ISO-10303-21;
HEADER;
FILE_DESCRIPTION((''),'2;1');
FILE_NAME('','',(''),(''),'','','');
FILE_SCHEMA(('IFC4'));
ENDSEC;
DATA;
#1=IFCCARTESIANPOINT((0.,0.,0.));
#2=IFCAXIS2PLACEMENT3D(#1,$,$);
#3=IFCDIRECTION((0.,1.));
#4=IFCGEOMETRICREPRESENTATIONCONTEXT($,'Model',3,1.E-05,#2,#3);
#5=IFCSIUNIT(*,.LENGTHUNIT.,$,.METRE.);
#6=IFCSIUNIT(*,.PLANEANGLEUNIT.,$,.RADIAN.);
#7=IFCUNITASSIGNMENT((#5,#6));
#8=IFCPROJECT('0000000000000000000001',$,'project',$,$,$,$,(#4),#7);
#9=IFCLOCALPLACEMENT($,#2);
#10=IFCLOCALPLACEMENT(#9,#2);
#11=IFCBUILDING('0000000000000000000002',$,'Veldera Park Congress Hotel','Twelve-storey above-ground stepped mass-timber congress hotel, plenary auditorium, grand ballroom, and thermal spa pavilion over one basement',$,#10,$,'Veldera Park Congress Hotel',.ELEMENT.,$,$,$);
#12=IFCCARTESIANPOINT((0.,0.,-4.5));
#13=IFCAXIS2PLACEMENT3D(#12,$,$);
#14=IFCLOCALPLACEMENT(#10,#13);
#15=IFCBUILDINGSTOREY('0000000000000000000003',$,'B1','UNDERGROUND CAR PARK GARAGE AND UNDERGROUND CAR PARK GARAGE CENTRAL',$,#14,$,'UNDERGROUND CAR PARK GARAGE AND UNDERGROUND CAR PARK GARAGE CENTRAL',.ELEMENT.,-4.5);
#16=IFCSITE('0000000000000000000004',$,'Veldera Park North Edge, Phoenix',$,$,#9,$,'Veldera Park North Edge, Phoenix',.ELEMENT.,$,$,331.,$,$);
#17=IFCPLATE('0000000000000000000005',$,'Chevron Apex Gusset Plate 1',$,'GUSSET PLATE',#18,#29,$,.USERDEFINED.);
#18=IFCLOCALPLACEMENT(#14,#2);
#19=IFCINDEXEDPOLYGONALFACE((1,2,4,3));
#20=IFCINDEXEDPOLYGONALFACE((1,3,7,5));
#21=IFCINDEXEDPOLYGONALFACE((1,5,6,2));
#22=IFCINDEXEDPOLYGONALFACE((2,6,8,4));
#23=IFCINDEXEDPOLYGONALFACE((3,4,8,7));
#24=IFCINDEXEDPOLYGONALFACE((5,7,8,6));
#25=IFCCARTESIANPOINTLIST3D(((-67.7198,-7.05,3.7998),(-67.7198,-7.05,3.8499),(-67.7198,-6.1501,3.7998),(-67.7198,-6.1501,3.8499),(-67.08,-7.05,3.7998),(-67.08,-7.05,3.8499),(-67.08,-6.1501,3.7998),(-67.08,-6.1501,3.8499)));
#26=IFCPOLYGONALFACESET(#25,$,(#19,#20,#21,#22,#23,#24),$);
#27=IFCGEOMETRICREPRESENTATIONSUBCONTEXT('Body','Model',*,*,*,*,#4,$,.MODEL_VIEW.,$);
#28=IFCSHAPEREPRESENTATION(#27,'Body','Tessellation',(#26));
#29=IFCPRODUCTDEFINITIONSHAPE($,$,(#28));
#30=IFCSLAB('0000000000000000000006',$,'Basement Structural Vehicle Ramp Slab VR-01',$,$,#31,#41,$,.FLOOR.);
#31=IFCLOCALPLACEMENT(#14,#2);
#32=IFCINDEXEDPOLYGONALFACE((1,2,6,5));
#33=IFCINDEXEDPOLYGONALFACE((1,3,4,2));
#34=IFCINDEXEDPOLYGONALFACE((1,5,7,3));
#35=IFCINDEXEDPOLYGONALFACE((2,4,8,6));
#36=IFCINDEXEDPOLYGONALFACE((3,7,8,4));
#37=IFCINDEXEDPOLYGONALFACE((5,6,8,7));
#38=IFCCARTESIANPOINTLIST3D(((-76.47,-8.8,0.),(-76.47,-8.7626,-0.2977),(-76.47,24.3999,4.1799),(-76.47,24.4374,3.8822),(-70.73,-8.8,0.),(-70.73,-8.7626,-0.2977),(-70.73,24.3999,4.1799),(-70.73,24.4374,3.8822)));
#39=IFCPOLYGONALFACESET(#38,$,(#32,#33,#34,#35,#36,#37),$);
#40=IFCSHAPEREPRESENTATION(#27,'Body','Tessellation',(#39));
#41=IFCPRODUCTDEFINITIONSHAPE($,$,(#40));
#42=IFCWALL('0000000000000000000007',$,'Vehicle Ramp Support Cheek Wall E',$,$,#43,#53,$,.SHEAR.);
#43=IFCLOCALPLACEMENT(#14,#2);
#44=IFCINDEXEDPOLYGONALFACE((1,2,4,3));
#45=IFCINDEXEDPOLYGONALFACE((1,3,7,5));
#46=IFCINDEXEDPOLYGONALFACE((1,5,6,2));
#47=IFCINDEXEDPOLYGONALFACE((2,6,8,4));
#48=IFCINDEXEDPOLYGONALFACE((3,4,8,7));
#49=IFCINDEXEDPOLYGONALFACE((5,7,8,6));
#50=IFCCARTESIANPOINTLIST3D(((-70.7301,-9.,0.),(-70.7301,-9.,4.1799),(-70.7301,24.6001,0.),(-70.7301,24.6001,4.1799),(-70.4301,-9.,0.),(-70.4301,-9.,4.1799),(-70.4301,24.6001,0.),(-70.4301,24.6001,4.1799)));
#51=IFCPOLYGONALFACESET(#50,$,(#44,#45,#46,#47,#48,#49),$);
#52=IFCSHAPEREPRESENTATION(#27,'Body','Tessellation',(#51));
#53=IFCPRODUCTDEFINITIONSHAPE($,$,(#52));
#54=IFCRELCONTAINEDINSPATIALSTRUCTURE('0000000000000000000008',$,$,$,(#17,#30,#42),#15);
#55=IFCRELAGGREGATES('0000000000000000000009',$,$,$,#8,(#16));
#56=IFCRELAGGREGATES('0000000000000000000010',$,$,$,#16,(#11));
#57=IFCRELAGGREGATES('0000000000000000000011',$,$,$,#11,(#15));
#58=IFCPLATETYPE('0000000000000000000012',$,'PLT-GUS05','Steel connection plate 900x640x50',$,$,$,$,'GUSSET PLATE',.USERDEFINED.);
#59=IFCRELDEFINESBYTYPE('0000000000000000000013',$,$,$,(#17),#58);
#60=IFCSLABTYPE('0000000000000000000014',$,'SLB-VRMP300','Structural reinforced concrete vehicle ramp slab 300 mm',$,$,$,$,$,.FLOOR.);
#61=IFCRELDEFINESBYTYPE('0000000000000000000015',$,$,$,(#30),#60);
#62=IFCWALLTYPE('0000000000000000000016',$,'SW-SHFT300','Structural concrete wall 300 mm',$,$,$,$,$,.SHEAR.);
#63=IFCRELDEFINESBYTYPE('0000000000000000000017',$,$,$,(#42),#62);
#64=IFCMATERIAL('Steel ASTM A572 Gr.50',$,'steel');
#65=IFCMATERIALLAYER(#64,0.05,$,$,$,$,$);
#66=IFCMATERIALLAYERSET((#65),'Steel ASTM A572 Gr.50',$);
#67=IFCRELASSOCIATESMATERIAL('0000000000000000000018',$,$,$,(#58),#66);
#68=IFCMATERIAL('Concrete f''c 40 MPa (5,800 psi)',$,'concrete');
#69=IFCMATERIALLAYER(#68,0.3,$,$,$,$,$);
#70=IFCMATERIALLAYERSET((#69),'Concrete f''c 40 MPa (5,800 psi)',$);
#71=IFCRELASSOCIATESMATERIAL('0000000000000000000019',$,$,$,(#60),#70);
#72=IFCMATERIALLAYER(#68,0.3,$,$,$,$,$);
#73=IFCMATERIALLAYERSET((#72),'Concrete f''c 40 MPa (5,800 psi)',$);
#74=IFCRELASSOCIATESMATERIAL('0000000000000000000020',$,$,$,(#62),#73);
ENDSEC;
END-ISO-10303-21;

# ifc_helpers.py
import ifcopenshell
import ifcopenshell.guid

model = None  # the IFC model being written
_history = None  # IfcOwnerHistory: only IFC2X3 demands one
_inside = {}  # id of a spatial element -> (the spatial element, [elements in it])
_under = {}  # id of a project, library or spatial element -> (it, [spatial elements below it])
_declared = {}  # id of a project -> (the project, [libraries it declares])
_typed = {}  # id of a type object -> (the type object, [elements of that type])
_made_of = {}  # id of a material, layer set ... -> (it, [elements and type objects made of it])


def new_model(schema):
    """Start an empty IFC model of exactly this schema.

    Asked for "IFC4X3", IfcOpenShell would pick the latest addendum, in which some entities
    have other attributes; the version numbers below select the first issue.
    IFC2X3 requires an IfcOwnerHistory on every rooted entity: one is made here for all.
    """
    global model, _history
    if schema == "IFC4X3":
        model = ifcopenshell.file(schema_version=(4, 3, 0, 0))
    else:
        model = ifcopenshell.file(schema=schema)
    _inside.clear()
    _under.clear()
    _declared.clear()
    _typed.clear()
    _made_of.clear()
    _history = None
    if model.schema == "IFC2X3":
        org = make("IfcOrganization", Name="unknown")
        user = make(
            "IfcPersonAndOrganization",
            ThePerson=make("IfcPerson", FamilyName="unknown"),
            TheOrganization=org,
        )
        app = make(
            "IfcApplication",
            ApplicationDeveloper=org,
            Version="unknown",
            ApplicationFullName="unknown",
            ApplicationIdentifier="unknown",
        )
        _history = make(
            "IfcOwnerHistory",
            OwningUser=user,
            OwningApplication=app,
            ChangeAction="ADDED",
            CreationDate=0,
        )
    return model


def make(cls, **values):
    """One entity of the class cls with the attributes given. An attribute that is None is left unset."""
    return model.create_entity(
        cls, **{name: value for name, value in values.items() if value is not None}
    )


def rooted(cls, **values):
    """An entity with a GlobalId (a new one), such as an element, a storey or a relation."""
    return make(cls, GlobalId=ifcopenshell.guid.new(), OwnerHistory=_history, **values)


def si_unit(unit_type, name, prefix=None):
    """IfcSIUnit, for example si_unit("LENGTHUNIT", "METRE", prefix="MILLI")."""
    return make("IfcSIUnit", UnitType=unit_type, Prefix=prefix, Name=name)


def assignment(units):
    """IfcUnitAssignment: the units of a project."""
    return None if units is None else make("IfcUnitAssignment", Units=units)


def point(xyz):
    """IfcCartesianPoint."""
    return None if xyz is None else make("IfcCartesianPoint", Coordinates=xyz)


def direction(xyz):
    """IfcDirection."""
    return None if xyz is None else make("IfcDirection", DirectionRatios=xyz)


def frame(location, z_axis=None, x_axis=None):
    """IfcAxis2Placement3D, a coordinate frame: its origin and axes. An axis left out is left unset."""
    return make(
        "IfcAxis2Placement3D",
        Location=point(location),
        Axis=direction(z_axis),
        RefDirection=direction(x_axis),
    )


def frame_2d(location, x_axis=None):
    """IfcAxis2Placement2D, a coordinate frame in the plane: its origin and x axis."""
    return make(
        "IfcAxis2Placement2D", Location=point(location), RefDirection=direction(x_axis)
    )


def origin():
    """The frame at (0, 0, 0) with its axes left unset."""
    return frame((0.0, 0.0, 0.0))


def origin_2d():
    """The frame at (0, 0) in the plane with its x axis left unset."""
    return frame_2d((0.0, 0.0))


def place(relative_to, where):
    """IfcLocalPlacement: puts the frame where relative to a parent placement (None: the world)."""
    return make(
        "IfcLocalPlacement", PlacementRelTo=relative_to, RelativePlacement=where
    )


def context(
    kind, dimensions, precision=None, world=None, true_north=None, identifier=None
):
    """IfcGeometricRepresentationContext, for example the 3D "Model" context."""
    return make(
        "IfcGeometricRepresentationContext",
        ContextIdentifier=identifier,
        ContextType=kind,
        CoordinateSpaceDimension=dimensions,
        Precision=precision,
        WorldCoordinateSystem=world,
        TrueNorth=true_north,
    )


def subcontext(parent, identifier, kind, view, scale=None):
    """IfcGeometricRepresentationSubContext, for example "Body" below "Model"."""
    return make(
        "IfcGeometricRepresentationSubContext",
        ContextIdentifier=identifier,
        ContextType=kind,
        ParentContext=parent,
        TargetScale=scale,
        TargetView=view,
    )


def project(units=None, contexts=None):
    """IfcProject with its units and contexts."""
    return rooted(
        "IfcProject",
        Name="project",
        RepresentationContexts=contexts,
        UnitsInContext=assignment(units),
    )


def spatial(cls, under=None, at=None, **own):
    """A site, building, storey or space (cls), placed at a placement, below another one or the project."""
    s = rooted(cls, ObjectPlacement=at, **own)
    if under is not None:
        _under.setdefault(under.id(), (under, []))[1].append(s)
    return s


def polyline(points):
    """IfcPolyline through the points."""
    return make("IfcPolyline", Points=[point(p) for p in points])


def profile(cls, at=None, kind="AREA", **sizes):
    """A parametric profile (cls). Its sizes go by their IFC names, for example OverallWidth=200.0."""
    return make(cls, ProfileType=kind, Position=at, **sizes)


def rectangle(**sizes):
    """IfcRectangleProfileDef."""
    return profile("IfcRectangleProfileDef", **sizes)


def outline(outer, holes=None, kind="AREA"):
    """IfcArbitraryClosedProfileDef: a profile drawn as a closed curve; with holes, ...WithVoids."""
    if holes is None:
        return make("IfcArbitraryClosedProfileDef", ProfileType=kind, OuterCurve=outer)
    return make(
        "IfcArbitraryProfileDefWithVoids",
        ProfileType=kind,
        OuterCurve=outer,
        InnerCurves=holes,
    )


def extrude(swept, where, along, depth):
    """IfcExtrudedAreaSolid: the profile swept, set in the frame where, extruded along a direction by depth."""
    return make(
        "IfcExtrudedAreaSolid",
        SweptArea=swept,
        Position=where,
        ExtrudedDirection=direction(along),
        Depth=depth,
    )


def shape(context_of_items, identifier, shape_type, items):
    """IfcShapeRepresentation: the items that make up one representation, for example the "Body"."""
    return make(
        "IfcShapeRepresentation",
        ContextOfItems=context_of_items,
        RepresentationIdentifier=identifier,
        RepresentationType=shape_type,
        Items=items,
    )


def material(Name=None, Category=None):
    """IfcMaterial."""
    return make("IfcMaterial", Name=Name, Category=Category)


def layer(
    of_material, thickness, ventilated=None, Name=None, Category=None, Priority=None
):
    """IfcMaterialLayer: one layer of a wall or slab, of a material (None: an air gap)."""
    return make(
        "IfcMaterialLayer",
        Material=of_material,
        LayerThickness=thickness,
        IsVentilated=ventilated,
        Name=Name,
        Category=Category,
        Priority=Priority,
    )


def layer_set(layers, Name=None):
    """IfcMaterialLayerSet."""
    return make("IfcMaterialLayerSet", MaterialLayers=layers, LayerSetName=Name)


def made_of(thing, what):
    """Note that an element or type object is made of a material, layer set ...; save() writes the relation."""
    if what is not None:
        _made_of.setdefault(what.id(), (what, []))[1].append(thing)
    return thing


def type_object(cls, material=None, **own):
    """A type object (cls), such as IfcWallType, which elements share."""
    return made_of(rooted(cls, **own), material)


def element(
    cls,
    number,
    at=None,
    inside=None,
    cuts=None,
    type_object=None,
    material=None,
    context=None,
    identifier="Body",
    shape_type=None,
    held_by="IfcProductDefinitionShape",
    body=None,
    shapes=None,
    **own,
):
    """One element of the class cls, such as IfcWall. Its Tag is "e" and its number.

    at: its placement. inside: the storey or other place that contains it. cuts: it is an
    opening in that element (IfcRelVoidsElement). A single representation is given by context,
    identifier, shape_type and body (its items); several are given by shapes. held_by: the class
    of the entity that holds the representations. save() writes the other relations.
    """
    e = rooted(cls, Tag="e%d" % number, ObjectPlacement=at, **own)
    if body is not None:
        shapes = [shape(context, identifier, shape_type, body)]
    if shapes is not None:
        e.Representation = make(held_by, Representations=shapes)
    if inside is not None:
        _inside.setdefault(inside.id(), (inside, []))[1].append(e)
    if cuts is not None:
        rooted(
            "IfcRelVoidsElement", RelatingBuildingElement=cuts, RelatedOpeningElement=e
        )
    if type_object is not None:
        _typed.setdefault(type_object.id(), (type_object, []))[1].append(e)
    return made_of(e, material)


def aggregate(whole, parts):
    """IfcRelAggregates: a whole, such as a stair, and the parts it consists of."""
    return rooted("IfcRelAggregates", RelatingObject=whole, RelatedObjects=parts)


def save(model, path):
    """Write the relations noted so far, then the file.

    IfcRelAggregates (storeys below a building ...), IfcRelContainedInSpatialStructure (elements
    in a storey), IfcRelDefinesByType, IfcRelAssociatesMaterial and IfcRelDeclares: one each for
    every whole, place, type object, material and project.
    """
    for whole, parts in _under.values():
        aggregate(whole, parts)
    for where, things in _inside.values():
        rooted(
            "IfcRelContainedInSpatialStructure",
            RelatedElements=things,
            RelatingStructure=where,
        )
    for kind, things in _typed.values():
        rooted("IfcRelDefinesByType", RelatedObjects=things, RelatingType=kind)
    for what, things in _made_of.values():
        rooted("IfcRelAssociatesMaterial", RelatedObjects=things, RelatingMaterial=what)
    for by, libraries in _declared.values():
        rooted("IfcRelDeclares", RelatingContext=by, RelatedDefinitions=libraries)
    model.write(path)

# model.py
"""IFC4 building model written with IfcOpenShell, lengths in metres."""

from ifc_helpers import new_model, si_unit, direction, frame, frame_2d, origin, origin_2d, place, context, subcontext, project, spatial, polyline, rectangle, outline, extrude, material, layer, layer_set, type_object, element, save


model = new_model("IFC4")

# Units and contexts
model_context = context("Model", 3, precision=1e-05, world=origin(), true_north=direction((0.0, 1.0)))
body_context = subcontext(model_context, "Body", "Model", "MODEL_VIEW")
ifc_project = project(units=[si_unit("LENGTHUNIT", "METRE"), si_unit("PLANEANGLEUNIT", "RADIAN")], contexts=[model_context])

# Site, building, storey
site_placement = place(None, origin())
site = spatial("IfcSite", under=ifc_project, at=site_placement, Name="Veldera Park North Edge, Phoenix", LongName="Veldera Park North Edge, Phoenix", CompositionType="ELEMENT", RefElevation=331.0)
building_placement = place(site_placement, origin())
building = spatial("IfcBuilding", under=site, at=building_placement, Name="Veldera Park Congress Hotel", Description="Twelve-storey above-ground stepped mass-timber congress hotel, plenary auditorium, grand ballroom, and thermal spa pavilion over one basement", LongName="Veldera Park Congress Hotel", CompositionType="ELEMENT")
storey_placement = place(building_placement, frame((0.0, 0.0, -4.5)))
storey = spatial("IfcBuildingStorey", under=building, at=storey_placement, Name="B1", Description="UNDERGROUND CAR PARK GARAGE AND UNDERGROUND CAR PARK GARAGE CENTRAL", LongName="UNDERGROUND CAR PARK GARAGE AND UNDERGROUND CAR PARK GARAGE CENTRAL", CompositionType="ELEMENT", Elevation=-4.5)

# Shared definitions
ifc_material_1 = material(Name="Concrete f'c 40 MPa (5,800 psi)", Category="concrete")

# Plate
ifc_material_2 = material(Name="Steel ASTM A572 Gr.50", Category="steel")
ifc_layer_1 = layer(ifc_material_2, 0.05)
ifc_layer_set_1 = layer_set([ifc_layer_1], Name="Steel ASTM A572 Gr.50")
plate_type_1 = type_object("IfcPlateType", Name="PLT-GUS05", Description="Steel connection plate 900x640x50", ElementType="GUSSET PLATE", PredefinedType="USERDEFINED", material=ifc_layer_set_1)
plate_placement = place(storey_placement, frame((-67.3999, -6.6001, 3.7998), z_axis=(0.0, 0.0, 1.0), x_axis=(0.0, 1.0, 0.0)))
element("IfcPlate", 1, at=plate_placement, inside=storey, type_object=plate_type_1, Name="Chevron Apex Gusset Plate 1", ObjectType="GUSSET PLATE", PredefinedType="USERDEFINED", context=body_context, shape_type="SweptSolid", body=[
    extrude(rectangle(XDim=0.8999, YDim=0.6399, at=origin_2d()), origin(), (0.0, 0.0, 1.0), 0.05),
])

# Slab
ifc_layer_2 = layer(ifc_material_1, 0.3)
ifc_layer_set_2 = layer_set([ifc_layer_2], Name="Concrete f'c 40 MPa (5,800 psi)")
slab_type = type_object("IfcSlabType", Name="SLB-VRMP300", Description="Structural reinforced concrete vehicle ramp slab 300 mm", PredefinedType="FLOOR", material=ifc_layer_set_2)
slab_placement = place(storey_placement, frame((-76.47, -8.8, 0.0), z_axis=(0.0, -0.124916, 0.992167), x_axis=(1.0, 0.0, 0.0)))
element("IfcSlab", 2, at=slab_placement, inside=storey, type_object=slab_type, Name="Basement Structural Vehicle Ramp Slab VR-01", PredefinedType="FLOOR", context=body_context, shape_type="SweptSolid", body=[
    extrude(outline(polyline([(0.0, 0.0), (5.74, 0.0), (5.74, 33.462), (0.0, 33.462), (0.0, 0.0)])), origin(), (0.0, 0.0, -1.0), 0.3),
])

# Wall
ifc_layer_3 = layer(ifc_material_1, 0.3)
ifc_layer_set_3 = layer_set([ifc_layer_3], Name="Concrete f'c 40 MPa (5,800 psi)")
wall_type = type_object("IfcWallType", Name="SW-SHFT300", Description="Structural concrete wall 300 mm", PredefinedType="SHEAR", material=ifc_layer_set_3)
wall_placement = place(storey_placement, frame((-70.5801, -9.0, 0.0), z_axis=(0.0, 0.0, 1.0), x_axis=(0.0, 1.0, 0.0)))
element("IfcWall", 3, at=wall_placement, inside=storey, type_object=wall_type, Name="Vehicle Ramp Support Cheek Wall E", PredefinedType="SHEAR", context=body_context, shape_type="SweptSolid", body=[
    extrude(rectangle(XDim=33.6001, YDim=0.3, at=frame_2d((16.8, 0.0))), origin(), (0.0, 0.0, 1.0), 4.1799),
])

save(model, "model.ifc")
